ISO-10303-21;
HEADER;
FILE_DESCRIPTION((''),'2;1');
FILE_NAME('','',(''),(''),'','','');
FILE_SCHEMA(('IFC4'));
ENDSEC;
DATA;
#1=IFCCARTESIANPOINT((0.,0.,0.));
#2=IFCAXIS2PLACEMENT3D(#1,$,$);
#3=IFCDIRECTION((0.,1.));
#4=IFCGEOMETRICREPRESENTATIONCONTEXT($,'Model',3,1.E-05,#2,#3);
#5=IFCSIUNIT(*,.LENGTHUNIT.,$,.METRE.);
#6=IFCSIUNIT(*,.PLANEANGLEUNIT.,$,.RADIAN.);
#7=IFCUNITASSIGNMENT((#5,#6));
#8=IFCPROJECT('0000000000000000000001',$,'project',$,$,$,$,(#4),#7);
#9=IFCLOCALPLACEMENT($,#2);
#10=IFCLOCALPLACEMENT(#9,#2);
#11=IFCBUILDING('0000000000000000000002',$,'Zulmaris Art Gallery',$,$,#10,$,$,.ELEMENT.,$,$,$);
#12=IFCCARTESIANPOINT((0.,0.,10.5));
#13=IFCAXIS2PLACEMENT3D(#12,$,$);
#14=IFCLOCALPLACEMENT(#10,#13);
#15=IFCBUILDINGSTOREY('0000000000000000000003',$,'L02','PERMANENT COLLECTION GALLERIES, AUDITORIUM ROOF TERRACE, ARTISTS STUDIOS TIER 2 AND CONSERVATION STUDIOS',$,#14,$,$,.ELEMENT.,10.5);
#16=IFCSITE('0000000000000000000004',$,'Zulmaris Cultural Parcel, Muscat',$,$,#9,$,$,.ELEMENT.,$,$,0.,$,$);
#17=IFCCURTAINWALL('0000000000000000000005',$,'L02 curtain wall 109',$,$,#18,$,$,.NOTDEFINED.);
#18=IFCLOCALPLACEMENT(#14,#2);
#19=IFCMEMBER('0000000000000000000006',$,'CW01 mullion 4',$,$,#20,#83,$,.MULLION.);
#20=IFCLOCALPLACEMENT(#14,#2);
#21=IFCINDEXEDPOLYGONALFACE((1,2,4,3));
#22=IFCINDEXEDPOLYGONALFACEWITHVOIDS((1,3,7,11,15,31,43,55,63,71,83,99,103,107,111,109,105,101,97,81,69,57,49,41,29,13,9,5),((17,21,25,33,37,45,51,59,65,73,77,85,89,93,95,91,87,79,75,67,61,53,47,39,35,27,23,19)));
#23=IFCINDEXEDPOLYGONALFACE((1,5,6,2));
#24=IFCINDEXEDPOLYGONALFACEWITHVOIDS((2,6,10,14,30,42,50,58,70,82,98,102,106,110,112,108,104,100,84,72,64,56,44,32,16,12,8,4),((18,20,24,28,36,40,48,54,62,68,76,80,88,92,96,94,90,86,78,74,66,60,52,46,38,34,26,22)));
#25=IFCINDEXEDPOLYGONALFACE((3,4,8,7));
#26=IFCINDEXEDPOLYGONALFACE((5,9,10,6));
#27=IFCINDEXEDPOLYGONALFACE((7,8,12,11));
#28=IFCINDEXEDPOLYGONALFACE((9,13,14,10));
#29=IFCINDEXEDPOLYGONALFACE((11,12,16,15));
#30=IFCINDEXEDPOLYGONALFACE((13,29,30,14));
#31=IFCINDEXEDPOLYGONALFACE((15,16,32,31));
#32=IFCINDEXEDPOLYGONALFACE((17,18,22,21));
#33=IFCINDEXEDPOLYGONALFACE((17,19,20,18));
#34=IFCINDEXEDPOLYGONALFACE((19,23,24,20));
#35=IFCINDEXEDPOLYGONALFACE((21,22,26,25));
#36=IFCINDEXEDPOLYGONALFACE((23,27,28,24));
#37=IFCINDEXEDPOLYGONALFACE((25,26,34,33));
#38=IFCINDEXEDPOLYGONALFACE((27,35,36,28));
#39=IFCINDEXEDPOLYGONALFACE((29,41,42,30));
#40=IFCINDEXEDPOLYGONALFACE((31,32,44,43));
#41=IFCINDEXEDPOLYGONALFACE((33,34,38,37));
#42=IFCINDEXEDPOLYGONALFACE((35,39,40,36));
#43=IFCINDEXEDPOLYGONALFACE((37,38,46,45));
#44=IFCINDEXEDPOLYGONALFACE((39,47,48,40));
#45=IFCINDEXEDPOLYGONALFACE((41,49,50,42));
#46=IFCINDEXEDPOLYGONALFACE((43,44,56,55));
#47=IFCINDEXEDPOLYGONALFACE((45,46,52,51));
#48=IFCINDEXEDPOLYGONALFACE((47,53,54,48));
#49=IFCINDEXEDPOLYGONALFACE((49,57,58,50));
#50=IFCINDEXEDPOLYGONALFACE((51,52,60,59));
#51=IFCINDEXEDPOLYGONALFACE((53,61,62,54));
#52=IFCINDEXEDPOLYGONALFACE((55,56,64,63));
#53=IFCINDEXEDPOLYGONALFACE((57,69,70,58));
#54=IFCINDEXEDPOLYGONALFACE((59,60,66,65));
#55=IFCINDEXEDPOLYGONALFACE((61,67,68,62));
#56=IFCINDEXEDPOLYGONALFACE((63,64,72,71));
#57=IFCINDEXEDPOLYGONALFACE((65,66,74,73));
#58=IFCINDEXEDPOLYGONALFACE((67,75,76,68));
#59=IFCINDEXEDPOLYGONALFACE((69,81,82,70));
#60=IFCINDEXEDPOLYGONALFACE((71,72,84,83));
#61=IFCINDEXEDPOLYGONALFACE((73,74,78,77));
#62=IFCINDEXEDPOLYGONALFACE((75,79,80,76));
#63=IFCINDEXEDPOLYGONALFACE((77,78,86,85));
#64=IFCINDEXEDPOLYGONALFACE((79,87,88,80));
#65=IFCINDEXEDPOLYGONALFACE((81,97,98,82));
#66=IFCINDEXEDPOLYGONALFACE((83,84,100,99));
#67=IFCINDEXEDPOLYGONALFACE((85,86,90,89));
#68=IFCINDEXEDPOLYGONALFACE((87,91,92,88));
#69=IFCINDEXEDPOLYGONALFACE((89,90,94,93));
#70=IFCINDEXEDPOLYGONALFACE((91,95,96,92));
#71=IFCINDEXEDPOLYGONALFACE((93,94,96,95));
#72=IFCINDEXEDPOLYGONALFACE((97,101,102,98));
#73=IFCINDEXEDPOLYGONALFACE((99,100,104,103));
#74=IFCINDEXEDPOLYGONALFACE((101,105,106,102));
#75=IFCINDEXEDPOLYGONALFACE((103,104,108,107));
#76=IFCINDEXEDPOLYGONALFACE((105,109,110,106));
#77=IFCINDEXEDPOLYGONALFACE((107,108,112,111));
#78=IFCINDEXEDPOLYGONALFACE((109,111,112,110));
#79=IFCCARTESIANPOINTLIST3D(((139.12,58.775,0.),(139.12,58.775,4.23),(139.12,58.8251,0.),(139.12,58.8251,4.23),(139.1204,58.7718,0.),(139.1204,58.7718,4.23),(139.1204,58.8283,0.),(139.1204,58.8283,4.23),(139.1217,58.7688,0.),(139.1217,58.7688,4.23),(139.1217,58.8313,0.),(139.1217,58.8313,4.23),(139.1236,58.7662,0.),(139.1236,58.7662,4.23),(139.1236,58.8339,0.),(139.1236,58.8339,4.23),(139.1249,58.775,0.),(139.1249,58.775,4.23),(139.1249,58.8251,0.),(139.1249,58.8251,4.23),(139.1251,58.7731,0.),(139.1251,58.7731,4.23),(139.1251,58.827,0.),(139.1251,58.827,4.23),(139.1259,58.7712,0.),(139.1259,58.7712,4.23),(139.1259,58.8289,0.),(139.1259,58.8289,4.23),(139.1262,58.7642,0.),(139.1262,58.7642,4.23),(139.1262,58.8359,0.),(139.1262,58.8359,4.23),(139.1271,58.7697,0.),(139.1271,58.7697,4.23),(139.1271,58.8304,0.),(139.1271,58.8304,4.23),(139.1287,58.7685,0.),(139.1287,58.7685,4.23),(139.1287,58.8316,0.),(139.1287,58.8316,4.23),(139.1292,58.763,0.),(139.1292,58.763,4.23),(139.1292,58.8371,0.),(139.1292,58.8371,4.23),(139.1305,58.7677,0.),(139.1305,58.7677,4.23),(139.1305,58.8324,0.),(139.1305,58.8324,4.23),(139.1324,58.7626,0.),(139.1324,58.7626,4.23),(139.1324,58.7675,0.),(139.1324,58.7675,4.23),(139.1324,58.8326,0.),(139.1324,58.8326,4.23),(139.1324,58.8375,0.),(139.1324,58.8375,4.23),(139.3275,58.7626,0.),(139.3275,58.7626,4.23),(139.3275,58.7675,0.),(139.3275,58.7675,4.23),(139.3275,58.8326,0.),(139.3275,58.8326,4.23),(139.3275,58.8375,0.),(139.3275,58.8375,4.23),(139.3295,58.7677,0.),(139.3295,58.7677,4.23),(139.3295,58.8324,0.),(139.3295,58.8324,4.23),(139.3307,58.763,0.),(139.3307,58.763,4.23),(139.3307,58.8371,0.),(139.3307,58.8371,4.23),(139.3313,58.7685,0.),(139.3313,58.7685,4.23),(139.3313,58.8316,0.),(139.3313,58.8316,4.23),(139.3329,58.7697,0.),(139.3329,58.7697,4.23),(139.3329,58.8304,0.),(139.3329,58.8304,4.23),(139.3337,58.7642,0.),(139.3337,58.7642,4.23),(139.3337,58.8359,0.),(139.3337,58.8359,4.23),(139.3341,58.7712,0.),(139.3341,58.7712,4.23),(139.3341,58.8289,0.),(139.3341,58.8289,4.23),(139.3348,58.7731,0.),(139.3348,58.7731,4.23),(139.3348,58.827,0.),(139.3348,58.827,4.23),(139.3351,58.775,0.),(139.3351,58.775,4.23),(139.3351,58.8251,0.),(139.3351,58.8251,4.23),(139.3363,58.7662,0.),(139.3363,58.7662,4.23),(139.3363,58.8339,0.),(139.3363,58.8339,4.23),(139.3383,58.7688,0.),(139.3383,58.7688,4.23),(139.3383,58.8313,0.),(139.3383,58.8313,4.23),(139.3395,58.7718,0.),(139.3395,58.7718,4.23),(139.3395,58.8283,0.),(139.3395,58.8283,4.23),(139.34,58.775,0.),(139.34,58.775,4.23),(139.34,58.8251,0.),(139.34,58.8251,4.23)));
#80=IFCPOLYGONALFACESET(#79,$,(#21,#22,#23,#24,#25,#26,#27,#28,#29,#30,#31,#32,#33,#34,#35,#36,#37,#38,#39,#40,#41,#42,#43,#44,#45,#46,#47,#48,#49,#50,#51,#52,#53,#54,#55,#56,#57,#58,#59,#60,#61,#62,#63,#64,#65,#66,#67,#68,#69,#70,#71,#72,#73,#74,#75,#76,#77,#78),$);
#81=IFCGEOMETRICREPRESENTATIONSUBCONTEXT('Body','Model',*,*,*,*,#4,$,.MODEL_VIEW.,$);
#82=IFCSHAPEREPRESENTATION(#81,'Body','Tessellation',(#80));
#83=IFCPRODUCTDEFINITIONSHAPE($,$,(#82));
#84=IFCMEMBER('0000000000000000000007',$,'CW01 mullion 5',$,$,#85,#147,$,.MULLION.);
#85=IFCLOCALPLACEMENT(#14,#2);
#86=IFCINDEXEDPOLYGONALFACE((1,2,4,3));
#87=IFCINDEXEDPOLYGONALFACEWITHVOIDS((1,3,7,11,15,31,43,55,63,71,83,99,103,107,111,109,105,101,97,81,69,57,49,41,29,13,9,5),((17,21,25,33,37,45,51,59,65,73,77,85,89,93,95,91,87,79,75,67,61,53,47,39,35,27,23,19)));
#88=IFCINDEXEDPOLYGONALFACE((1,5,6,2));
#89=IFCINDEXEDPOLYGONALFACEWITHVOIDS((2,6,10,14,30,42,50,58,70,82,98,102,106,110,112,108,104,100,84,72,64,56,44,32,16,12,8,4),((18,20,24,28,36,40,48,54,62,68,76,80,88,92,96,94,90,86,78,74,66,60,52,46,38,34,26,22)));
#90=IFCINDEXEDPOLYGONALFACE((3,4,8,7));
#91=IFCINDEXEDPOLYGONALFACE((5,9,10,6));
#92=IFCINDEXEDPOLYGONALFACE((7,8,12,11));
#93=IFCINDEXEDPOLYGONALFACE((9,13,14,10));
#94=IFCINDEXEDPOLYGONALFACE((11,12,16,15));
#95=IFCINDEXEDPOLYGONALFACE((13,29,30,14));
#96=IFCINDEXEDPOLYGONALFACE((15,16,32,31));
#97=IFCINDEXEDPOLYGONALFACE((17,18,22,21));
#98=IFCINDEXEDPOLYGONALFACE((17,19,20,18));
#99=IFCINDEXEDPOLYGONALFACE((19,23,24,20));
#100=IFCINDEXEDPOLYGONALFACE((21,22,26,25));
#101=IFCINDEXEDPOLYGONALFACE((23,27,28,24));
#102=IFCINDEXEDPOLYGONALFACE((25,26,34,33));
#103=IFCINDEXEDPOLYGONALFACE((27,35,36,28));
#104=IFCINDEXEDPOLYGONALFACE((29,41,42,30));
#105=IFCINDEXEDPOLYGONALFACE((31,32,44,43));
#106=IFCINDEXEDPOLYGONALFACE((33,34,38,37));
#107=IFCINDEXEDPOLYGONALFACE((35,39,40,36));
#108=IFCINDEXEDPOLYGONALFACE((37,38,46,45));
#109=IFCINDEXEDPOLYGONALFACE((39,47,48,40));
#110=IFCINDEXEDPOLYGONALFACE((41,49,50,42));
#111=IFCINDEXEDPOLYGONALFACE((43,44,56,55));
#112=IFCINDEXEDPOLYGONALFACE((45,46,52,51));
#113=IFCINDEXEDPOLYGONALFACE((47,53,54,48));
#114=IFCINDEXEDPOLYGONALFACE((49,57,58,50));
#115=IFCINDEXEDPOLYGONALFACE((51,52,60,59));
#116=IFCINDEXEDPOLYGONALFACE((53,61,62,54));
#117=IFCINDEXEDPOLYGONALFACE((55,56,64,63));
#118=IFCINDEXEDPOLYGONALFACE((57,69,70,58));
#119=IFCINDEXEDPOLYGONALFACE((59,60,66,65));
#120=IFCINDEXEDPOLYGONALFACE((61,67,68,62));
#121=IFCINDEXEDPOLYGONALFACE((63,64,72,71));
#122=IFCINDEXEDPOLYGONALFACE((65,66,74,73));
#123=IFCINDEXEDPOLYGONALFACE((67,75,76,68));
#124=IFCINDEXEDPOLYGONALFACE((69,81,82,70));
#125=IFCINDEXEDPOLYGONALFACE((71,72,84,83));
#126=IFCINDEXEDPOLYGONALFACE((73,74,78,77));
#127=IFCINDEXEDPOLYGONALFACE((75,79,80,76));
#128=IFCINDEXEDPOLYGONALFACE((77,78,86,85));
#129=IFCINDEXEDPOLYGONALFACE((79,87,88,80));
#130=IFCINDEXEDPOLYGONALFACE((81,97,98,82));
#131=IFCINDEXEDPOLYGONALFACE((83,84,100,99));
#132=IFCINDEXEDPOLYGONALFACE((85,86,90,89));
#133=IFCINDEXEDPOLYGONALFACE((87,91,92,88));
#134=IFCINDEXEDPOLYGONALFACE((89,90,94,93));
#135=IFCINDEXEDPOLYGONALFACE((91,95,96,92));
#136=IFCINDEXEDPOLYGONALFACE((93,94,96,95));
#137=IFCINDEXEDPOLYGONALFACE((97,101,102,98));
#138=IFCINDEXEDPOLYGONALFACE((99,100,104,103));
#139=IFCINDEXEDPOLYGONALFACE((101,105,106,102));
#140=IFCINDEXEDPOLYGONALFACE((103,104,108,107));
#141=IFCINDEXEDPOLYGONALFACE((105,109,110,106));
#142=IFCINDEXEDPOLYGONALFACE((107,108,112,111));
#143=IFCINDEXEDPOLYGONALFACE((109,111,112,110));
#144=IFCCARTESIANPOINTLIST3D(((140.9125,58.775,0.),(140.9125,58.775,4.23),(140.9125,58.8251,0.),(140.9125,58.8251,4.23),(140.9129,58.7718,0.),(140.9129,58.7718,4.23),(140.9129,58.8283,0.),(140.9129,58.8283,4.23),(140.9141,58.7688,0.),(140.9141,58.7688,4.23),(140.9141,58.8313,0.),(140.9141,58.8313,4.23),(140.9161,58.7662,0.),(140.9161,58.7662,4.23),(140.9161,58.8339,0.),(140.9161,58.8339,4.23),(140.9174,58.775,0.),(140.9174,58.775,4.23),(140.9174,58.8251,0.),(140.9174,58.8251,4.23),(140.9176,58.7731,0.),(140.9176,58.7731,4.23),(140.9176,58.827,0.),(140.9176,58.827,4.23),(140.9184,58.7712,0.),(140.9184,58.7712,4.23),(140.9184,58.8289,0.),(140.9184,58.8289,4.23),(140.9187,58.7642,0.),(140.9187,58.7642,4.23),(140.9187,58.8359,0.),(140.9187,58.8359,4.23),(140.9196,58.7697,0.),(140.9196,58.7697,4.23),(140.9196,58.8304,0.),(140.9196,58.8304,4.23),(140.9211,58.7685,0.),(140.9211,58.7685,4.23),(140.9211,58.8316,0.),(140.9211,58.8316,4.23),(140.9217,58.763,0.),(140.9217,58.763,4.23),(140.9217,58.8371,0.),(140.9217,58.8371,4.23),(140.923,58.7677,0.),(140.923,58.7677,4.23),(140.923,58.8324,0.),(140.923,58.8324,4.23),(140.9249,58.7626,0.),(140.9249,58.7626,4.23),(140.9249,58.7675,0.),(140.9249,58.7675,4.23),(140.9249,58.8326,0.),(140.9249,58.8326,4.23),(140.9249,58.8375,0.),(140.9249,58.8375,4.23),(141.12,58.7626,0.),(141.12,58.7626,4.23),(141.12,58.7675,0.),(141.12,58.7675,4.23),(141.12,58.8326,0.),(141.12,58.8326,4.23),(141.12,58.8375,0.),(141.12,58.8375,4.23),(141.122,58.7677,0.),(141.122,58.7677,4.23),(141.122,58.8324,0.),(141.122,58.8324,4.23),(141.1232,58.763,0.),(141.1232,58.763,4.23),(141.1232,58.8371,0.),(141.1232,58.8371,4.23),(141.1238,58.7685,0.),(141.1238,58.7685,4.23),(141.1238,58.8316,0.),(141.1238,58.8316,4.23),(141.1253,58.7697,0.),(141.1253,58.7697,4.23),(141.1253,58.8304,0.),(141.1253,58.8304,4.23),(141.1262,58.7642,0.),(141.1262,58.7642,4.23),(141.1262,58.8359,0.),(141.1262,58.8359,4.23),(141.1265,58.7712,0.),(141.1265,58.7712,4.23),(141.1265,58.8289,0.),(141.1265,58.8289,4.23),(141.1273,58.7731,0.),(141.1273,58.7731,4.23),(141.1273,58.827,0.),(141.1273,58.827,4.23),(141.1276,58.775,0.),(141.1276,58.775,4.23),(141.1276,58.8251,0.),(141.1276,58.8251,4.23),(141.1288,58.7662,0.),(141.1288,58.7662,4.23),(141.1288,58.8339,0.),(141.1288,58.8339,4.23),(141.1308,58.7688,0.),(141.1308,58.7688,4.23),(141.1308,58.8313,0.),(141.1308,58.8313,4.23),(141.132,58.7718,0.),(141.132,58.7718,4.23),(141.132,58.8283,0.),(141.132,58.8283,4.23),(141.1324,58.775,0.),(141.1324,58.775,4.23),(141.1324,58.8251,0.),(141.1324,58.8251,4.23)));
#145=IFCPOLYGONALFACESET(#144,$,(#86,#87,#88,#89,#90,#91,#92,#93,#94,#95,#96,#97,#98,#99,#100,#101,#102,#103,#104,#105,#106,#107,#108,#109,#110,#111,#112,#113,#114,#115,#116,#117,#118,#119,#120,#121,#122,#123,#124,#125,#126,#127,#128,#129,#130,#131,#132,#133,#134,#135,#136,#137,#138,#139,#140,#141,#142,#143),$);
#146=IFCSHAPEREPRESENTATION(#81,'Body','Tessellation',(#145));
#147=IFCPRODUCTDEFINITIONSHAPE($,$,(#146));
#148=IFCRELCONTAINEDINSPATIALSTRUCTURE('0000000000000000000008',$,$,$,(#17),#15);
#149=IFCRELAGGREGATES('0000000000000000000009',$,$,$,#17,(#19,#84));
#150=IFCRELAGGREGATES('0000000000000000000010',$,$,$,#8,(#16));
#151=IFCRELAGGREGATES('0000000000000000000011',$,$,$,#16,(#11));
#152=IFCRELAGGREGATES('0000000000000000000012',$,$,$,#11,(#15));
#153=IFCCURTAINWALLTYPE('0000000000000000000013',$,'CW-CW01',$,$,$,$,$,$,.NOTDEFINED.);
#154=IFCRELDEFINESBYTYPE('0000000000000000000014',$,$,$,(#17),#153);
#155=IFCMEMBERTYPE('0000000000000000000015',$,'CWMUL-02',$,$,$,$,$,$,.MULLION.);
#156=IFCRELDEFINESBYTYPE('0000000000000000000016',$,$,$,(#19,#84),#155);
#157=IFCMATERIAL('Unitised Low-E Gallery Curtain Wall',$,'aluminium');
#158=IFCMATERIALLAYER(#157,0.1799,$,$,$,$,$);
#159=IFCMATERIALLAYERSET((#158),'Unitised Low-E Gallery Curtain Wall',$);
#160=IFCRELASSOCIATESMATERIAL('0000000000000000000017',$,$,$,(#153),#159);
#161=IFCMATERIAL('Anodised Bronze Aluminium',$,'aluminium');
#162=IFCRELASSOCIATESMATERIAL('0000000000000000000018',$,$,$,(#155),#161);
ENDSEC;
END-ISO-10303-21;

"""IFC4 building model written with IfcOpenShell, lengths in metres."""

from ifc_helpers import new_model, si_unit, direction, frame, origin, origin_2d, place, context, subcontext, project, spatial, hollow_rectangle, extrude, material, layer, layer_set, material_profile, profile_set, type_object, element, aggregate, save


model = new_model("IFC4")

# Units and contexts
model_context = context("Model", 3, precision=1e-05, world=origin(), true_north=direction((0.0, 1.0)))
body_context = subcontext(model_context, "Body", "Model", "MODEL_VIEW")
ifc_project = project(units=[si_unit("LENGTHUNIT", "METRE"), si_unit("PLANEANGLEUNIT", "RADIAN")], contexts=[model_context])

# Site, building, storey
site_placement = place(None, origin())
site = spatial("IfcSite", under=ifc_project, at=site_placement, Name="Zulmaris Cultural Parcel, Muscat", CompositionType="ELEMENT", RefElevation=0.0)
building_placement = place(site_placement, origin())
building = spatial("IfcBuilding", under=site, at=building_placement, Name="Zulmaris Art Gallery", CompositionType="ELEMENT")
storey_placement = place(building_placement, frame((0.0, 0.0, 10.5)))
storey = spatial("IfcBuildingStorey", under=building, at=storey_placement, Name="L02", Description="PERMANENT COLLECTION GALLERIES, AUDITORIUM ROOF TERRACE, ARTISTS STUDIOS TIER 2 AND CONSERVATION STUDIOS", CompositionType="ELEMENT", Elevation=10.5)

# Curtain wall, members
ifc_material_1 = material(Name="Unitised Low-E Gallery Curtain Wall", Category="aluminium")
ifc_layer_1 = layer(ifc_material_1, 0.1799)
ifc_layer_set_1 = layer_set([ifc_layer_1], Name="Unitised Low-E Gallery Curtain Wall")
curtain_wall_type = type_object("IfcCurtainWallType", Name="CW-CW01", PredefinedType="NOTDEFINED", material=ifc_layer_set_1)
curtain_wall_placement = place(storey_placement, origin())
curtain_wall = element("IfcCurtainWall", 1, at=curtain_wall_placement, inside=storey, type_object=curtain_wall_type, Name="L02 curtain wall 109", PredefinedType="NOTDEFINED")
ifc_material_2 = material(Name="Anodised Bronze Aluminium", Category="aluminium")
ifc_material_profile_1 = material_profile(ifc_material_2, hollow_rectangle(XDim=0.075, YDim=0.22, WallThickness=0.0049, InnerFilletRadius=0.0076, OuterFilletRadius=0.0125, at=origin_2d()), Name="ALU 75x220x5")
ifc_profile_set_1 = profile_set([ifc_material_profile_1], Name="Anodised Bronze Aluminium")
member_type_1 = type_object("IfcMemberType", Name="CWMUL-02", PredefinedType="MULLION", material=ifc_profile_set_1)
member_1_placement = place(storey_placement, frame((139.23, 58.8, 0.0), z_axis=(0.0, 0.0, 1.0), x_axis=(0.0, 1.0, 0.0)))
member_1 = element("IfcMember", 2, at=member_1_placement, type_object=member_type_1, Name="CW01 mullion 4", PredefinedType="MULLION", context=body_context, shape_type="SweptSolid", body=[
    extrude(hollow_rectangle(XDim=0.075, YDim=0.22, WallThickness=0.0049, InnerFilletRadius=0.0076, OuterFilletRadius=0.0125, at=origin_2d()), origin(), (0.0, 0.0, 1.0), 4.23),
])
member_2_placement = place(storey_placement, frame((141.0225, 58.8, 0.0), z_axis=(0.0, 0.0, 1.0), x_axis=(0.0, 1.0, 0.0)))
member_2 = element("IfcMember", 3, at=member_2_placement, type_object=member_type_1, Name="CW01 mullion 5", PredefinedType="MULLION", context=body_context, shape_type="SweptSolid", body=[
    extrude(hollow_rectangle(XDim=0.075, YDim=0.22, WallThickness=0.0049, InnerFilletRadius=0.0076, OuterFilletRadius=0.0125, at=origin_2d()), origin(), (0.0, 0.0, 1.0), 4.23),
])
aggregate(curtain_wall, [member_1, member_2])

save(model, "model.ifc")
